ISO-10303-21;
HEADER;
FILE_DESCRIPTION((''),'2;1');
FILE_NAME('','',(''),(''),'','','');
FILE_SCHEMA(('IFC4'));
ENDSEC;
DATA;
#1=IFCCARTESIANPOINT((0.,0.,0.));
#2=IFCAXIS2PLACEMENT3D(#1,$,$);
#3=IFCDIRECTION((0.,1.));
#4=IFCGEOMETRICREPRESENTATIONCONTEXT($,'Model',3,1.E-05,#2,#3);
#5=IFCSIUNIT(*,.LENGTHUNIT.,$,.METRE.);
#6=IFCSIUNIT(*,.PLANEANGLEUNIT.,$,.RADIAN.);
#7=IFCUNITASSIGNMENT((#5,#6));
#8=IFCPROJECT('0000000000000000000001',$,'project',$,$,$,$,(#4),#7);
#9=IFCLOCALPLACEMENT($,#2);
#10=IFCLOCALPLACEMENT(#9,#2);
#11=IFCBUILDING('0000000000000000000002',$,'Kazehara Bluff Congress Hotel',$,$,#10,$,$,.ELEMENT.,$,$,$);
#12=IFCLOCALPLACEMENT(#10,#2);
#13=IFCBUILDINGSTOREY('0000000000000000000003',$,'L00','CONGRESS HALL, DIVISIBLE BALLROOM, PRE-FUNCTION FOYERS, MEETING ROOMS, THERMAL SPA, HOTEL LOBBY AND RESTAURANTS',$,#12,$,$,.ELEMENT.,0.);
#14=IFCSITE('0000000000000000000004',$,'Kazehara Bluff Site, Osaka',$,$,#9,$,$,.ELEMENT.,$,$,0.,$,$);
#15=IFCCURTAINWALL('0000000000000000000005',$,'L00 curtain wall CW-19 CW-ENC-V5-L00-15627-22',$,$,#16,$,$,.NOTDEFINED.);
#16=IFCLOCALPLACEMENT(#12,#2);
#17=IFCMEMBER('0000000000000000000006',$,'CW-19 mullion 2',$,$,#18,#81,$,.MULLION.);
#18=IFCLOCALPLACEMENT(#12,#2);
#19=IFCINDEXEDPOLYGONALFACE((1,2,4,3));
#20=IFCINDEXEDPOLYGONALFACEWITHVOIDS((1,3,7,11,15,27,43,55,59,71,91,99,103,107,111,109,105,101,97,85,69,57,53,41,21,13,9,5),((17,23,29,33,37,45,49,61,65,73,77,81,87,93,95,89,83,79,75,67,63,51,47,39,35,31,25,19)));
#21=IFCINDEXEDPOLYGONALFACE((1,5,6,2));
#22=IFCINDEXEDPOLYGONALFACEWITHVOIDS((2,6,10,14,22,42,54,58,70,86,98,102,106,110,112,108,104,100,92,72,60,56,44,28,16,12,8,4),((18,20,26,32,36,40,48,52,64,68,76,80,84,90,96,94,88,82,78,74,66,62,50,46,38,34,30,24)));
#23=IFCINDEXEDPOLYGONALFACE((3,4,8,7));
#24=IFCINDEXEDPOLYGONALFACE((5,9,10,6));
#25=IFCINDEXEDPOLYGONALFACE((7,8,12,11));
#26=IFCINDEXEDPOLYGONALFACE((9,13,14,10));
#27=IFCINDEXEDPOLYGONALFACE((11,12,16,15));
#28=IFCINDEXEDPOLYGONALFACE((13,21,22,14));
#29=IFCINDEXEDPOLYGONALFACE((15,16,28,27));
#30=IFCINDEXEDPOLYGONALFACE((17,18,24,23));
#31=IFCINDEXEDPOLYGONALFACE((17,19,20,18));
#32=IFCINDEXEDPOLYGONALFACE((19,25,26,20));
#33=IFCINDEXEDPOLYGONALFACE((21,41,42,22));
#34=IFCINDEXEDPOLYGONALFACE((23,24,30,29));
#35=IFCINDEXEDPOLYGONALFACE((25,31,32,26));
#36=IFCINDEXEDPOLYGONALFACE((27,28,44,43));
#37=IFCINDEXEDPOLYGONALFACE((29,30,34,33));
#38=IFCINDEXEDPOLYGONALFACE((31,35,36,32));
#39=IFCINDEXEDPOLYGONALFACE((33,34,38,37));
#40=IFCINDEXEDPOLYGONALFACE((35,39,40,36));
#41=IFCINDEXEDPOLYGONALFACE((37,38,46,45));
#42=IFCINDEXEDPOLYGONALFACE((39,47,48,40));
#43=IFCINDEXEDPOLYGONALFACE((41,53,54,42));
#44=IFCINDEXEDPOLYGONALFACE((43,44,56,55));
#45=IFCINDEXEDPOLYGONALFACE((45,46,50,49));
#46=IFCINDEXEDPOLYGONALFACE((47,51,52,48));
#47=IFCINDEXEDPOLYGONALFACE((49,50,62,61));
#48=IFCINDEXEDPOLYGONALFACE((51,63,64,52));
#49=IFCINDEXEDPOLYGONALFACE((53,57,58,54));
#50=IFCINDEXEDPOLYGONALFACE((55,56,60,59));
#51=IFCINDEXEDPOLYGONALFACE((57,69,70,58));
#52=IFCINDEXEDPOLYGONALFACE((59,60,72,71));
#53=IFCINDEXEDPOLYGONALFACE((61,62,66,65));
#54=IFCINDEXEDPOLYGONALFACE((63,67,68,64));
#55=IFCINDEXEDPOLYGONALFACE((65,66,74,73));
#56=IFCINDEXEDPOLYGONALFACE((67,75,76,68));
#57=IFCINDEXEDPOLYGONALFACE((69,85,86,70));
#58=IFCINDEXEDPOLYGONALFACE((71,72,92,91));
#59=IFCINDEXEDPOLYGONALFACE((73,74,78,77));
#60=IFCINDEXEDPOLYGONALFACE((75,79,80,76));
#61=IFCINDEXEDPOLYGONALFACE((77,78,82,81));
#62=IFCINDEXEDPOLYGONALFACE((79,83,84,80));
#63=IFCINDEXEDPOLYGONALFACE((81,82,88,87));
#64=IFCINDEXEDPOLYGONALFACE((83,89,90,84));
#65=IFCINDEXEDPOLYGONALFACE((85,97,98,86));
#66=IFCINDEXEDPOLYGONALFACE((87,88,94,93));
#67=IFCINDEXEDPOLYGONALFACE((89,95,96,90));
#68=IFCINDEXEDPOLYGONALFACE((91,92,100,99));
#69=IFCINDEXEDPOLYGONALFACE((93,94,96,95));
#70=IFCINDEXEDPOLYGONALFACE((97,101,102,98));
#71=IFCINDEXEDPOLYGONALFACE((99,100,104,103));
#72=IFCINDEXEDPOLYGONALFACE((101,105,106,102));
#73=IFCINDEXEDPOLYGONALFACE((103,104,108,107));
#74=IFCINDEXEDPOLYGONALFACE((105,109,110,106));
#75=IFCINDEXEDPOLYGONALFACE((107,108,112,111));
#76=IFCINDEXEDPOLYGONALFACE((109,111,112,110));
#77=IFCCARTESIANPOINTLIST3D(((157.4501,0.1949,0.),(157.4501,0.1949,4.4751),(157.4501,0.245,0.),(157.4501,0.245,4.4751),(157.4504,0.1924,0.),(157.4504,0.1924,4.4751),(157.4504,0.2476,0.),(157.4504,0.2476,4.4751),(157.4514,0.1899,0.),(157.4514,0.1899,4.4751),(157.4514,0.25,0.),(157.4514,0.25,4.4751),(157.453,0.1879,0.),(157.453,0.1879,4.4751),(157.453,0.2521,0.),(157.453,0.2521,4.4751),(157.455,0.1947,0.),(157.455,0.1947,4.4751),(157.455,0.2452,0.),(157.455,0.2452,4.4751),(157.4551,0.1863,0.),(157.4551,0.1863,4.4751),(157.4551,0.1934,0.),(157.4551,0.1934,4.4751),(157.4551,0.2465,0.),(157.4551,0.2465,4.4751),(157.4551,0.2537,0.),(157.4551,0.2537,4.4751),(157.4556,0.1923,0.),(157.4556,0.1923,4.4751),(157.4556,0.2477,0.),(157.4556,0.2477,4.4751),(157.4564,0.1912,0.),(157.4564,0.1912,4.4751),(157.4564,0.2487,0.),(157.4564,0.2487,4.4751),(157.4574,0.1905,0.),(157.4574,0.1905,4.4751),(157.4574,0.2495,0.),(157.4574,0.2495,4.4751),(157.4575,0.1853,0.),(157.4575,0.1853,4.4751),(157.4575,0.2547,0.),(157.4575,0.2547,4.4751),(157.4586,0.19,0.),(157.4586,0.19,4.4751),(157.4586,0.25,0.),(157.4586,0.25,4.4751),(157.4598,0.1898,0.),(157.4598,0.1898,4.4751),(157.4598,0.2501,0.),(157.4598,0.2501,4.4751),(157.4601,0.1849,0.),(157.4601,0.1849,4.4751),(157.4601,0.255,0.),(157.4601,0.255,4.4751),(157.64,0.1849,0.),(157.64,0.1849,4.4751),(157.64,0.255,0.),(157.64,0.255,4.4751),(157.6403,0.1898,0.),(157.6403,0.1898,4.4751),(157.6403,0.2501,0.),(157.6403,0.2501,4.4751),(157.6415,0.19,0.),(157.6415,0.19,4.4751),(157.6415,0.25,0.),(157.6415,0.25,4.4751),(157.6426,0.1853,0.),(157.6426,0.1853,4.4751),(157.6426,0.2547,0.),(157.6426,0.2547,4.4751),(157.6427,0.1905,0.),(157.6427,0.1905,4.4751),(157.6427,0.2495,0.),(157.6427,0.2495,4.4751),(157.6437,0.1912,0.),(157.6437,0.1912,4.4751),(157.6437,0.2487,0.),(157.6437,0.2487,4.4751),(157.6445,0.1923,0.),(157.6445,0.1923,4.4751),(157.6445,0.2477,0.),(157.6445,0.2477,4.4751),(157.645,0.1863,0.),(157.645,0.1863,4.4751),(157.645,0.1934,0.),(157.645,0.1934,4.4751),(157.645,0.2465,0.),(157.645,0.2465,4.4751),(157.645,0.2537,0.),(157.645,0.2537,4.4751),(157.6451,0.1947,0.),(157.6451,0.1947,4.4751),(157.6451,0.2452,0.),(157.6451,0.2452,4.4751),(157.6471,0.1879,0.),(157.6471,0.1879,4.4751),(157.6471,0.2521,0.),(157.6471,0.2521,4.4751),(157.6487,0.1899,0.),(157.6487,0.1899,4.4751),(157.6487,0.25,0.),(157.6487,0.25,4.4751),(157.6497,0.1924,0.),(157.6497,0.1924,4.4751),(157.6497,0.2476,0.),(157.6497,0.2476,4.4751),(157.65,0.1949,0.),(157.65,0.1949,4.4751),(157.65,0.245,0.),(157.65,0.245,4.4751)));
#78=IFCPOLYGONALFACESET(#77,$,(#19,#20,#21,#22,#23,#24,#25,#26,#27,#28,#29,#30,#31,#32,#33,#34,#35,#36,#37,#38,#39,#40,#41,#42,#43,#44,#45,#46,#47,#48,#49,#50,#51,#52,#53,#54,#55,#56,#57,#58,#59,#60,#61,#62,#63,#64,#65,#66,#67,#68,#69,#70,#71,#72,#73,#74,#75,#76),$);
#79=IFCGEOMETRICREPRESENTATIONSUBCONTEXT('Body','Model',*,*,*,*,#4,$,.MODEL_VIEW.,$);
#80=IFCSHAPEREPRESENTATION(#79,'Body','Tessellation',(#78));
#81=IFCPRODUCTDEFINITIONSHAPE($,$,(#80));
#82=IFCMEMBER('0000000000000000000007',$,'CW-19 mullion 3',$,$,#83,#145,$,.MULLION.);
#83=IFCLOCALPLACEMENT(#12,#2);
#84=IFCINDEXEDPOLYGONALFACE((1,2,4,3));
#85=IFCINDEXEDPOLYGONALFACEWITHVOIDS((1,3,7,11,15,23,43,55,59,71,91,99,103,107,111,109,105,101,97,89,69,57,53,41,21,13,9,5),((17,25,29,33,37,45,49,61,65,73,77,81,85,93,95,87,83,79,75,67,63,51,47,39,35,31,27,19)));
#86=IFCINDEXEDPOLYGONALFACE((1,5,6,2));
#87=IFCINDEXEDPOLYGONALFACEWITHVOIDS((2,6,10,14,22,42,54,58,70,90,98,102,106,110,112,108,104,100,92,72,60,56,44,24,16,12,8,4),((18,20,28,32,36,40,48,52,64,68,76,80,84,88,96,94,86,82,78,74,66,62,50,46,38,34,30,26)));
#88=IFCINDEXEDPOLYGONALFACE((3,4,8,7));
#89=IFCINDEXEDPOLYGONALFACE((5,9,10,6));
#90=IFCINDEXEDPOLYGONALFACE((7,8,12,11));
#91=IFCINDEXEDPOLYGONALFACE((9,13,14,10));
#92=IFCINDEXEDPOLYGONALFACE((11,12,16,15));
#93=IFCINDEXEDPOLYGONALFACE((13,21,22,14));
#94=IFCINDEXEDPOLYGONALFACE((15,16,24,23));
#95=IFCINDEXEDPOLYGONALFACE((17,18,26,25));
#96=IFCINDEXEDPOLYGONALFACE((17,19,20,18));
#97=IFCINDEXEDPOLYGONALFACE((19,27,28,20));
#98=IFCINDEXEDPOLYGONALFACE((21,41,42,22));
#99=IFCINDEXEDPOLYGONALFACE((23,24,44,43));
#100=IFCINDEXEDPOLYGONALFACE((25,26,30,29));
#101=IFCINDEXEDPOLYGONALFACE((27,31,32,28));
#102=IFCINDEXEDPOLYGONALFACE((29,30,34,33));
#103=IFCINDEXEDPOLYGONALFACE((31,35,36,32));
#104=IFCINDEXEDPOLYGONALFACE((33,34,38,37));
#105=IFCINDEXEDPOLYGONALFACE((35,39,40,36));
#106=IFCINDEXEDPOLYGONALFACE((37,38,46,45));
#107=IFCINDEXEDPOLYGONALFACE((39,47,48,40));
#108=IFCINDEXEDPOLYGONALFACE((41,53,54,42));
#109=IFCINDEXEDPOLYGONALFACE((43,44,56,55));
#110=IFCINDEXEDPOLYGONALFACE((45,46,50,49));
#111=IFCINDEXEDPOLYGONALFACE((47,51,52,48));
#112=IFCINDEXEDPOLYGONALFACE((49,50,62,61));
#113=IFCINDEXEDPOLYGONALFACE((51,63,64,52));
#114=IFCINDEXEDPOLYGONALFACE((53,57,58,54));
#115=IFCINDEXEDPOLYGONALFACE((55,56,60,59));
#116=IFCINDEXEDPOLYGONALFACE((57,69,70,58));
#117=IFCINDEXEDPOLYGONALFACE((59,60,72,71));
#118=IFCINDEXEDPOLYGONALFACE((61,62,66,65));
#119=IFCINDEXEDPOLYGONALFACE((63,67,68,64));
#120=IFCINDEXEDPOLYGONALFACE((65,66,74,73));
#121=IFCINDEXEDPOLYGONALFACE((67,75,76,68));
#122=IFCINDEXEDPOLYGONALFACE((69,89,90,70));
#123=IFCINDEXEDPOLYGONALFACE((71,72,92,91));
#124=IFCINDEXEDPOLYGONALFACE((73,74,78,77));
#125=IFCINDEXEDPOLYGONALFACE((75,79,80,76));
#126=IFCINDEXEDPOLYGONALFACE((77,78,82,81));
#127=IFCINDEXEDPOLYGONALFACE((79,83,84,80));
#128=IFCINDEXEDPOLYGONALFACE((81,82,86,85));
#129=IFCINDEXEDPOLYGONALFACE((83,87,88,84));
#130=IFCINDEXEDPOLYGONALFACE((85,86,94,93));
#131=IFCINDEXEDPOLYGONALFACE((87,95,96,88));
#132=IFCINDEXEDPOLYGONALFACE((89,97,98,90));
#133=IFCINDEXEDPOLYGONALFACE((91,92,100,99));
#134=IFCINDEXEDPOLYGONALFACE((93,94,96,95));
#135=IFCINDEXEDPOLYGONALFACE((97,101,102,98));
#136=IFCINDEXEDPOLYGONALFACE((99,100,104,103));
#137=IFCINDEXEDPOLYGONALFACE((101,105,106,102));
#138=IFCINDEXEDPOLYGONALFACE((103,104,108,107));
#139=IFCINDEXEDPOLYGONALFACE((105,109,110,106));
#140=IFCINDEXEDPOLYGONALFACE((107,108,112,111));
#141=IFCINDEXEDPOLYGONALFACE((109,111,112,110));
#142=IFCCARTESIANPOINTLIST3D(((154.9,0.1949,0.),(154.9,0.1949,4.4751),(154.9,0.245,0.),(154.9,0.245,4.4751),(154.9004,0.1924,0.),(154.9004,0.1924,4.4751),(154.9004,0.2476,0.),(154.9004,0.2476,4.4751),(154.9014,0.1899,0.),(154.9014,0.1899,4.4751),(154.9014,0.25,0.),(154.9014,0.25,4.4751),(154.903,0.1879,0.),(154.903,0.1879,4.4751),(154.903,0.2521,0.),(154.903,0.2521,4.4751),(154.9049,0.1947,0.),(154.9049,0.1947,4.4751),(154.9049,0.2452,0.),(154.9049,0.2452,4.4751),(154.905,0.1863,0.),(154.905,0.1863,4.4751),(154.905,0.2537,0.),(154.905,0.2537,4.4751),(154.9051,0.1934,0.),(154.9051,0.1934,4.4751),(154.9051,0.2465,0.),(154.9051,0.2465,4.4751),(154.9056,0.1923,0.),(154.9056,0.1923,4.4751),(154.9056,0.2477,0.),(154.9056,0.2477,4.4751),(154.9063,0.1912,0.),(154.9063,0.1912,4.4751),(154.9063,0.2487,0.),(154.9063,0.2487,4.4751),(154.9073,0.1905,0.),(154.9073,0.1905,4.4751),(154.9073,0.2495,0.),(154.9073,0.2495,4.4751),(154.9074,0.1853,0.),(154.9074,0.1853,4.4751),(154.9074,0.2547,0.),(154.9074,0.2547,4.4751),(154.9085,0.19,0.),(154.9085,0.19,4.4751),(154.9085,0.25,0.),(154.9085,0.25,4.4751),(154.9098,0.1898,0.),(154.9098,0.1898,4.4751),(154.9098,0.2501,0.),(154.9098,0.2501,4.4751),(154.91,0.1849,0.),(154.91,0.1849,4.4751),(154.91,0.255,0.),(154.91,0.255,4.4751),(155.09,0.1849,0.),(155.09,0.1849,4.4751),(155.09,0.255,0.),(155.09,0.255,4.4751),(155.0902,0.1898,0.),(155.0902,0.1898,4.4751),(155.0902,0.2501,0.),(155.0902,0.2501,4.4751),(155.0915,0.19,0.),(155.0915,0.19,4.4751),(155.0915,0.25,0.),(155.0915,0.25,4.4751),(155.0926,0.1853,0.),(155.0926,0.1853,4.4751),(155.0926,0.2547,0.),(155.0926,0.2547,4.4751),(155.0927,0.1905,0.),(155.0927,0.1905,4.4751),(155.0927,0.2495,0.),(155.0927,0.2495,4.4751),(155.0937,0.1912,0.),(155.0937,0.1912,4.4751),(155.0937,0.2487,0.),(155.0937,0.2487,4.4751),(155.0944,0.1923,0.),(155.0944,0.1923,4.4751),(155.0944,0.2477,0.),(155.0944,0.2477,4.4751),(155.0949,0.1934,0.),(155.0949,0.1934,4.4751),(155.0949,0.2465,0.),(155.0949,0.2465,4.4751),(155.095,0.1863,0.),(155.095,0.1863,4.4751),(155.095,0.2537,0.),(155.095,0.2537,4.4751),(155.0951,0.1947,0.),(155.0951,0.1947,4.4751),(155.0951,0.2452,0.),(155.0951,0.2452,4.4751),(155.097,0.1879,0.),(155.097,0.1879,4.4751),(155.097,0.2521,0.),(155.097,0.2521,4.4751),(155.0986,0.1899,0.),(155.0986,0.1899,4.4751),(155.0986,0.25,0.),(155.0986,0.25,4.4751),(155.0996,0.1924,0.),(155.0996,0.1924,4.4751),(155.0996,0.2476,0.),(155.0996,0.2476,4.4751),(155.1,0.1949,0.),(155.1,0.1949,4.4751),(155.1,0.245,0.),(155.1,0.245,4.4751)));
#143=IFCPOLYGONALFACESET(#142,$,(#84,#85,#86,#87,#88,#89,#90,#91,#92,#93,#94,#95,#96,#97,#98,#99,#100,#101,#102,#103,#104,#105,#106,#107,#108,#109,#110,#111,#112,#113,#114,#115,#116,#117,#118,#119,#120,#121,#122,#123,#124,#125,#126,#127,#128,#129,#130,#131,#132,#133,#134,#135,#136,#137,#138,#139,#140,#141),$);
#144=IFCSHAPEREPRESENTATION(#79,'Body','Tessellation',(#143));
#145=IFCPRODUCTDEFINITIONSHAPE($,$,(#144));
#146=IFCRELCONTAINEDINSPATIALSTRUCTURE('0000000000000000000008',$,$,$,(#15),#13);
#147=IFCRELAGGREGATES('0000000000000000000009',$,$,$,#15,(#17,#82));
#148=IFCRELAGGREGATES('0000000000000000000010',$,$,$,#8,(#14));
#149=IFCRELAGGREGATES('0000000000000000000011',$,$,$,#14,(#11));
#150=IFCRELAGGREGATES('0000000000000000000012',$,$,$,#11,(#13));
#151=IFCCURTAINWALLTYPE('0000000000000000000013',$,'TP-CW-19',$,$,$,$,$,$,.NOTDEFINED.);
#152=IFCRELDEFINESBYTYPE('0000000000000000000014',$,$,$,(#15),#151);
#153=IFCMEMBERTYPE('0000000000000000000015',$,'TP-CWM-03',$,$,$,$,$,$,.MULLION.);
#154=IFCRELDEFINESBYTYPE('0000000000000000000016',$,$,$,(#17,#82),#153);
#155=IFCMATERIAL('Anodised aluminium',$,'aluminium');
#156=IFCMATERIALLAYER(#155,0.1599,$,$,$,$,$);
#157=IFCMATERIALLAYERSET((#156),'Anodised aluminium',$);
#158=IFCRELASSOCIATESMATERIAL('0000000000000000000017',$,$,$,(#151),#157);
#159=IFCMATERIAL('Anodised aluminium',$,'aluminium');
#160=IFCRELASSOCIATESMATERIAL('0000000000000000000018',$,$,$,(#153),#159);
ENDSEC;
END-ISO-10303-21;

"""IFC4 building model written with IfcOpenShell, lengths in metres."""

from ifc_helpers import new_model, si_unit, direction, frame, origin, origin_2d, place, context, subcontext, project, spatial, hollow_rectangle, extrude, material, layer, layer_set, material_profile, profile_set, type_object, element, aggregate, save


model = new_model("IFC4")

# Units and contexts
model_context = context("Model", 3, precision=1e-05, world=origin(), true_north=direction((0.0, 1.0)))
body_context = subcontext(model_context, "Body", "Model", "MODEL_VIEW")
ifc_project = project(units=[si_unit("LENGTHUNIT", "METRE"), si_unit("PLANEANGLEUNIT", "RADIAN")], contexts=[model_context])

# Site, building, storey
site_placement = place(None, origin())
site = spatial("IfcSite", under=ifc_project, at=site_placement, Name="Kazehara Bluff Site, Osaka", CompositionType="ELEMENT", RefElevation=0.0)
building_placement = place(site_placement, origin())
building = spatial("IfcBuilding", under=site, at=building_placement, Name="Kazehara Bluff Congress Hotel", CompositionType="ELEMENT")
storey_placement = place(building_placement, origin())
storey = spatial("IfcBuildingStorey", under=building, at=storey_placement, Name="L00", Description="CONGRESS HALL, DIVISIBLE BALLROOM, PRE-FUNCTION FOYERS, MEETING ROOMS, THERMAL SPA, HOTEL LOBBY AND RESTAURANTS", CompositionType="ELEMENT", Elevation=0.0)

# Curtain wall, members
ifc_material_1 = material(Name="Anodised aluminium", Category="aluminium")
ifc_layer_1 = layer(ifc_material_1, 0.1599)
ifc_layer_set_1 = layer_set([ifc_layer_1], Name="Anodised aluminium")
curtain_wall_type = type_object("IfcCurtainWallType", Name="TP-CW-19", PredefinedType="NOTDEFINED", material=ifc_layer_set_1)
curtain_wall_placement = place(storey_placement, origin())
curtain_wall = element("IfcCurtainWall", 1, at=curtain_wall_placement, inside=storey, type_object=curtain_wall_type, Name="L00 curtain wall CW-19 CW-ENC-V5-L00-15627-22", PredefinedType="NOTDEFINED")
ifc_material_2 = material(Name="Anodised aluminium", Category="aluminium")
ifc_material_profile_1 = material_profile(ifc_material_2, hollow_rectangle(XDim=0.0701, YDim=0.2, WallThickness=0.0049, InnerFilletRadius=0.0049, OuterFilletRadius=0.01, at=origin_2d()))
ifc_profile_set_1 = profile_set([ifc_material_profile_1], Name="Anodised aluminium")
member_type_1 = type_object("IfcMemberType", Name="TP-CWM-03", PredefinedType="MULLION", material=ifc_profile_set_1)
member_1_placement = place(storey_placement, frame((157.55, 0.22, 0.0), z_axis=(0.0, 0.0, 1.0), x_axis=(0.0, -1.0, 0.0)))
member_1 = element("IfcMember", 2, at=member_1_placement, type_object=member_type_1, Name="CW-19 mullion 2", PredefinedType="MULLION", context=body_context, shape_type="SweptSolid", body=[
    extrude(hollow_rectangle(XDim=0.0701, YDim=0.2, WallThickness=0.0049, InnerFilletRadius=0.0049, OuterFilletRadius=0.01, at=origin_2d()), origin(), (0.0, 0.0, 1.0), 4.4751),
])
member_2_placement = place(storey_placement, frame((155.0, 0.22, 0.0), z_axis=(0.0, 0.0, 1.0), x_axis=(0.0, -1.0, 0.0)))
member_2 = element("IfcMember", 3, at=member_2_placement, type_object=member_type_1, Name="CW-19 mullion 3", PredefinedType="MULLION", context=body_context, shape_type="SweptSolid", body=[
    extrude(hollow_rectangle(XDim=0.0701, YDim=0.2, WallThickness=0.0049, InnerFilletRadius=0.0049, OuterFilletRadius=0.01, at=origin_2d()), origin(), (0.0, 0.0, 1.0), 4.4751),
])

aggregate(curtain_wall, [member_1, member_2])

save(model, "model.ifc")
